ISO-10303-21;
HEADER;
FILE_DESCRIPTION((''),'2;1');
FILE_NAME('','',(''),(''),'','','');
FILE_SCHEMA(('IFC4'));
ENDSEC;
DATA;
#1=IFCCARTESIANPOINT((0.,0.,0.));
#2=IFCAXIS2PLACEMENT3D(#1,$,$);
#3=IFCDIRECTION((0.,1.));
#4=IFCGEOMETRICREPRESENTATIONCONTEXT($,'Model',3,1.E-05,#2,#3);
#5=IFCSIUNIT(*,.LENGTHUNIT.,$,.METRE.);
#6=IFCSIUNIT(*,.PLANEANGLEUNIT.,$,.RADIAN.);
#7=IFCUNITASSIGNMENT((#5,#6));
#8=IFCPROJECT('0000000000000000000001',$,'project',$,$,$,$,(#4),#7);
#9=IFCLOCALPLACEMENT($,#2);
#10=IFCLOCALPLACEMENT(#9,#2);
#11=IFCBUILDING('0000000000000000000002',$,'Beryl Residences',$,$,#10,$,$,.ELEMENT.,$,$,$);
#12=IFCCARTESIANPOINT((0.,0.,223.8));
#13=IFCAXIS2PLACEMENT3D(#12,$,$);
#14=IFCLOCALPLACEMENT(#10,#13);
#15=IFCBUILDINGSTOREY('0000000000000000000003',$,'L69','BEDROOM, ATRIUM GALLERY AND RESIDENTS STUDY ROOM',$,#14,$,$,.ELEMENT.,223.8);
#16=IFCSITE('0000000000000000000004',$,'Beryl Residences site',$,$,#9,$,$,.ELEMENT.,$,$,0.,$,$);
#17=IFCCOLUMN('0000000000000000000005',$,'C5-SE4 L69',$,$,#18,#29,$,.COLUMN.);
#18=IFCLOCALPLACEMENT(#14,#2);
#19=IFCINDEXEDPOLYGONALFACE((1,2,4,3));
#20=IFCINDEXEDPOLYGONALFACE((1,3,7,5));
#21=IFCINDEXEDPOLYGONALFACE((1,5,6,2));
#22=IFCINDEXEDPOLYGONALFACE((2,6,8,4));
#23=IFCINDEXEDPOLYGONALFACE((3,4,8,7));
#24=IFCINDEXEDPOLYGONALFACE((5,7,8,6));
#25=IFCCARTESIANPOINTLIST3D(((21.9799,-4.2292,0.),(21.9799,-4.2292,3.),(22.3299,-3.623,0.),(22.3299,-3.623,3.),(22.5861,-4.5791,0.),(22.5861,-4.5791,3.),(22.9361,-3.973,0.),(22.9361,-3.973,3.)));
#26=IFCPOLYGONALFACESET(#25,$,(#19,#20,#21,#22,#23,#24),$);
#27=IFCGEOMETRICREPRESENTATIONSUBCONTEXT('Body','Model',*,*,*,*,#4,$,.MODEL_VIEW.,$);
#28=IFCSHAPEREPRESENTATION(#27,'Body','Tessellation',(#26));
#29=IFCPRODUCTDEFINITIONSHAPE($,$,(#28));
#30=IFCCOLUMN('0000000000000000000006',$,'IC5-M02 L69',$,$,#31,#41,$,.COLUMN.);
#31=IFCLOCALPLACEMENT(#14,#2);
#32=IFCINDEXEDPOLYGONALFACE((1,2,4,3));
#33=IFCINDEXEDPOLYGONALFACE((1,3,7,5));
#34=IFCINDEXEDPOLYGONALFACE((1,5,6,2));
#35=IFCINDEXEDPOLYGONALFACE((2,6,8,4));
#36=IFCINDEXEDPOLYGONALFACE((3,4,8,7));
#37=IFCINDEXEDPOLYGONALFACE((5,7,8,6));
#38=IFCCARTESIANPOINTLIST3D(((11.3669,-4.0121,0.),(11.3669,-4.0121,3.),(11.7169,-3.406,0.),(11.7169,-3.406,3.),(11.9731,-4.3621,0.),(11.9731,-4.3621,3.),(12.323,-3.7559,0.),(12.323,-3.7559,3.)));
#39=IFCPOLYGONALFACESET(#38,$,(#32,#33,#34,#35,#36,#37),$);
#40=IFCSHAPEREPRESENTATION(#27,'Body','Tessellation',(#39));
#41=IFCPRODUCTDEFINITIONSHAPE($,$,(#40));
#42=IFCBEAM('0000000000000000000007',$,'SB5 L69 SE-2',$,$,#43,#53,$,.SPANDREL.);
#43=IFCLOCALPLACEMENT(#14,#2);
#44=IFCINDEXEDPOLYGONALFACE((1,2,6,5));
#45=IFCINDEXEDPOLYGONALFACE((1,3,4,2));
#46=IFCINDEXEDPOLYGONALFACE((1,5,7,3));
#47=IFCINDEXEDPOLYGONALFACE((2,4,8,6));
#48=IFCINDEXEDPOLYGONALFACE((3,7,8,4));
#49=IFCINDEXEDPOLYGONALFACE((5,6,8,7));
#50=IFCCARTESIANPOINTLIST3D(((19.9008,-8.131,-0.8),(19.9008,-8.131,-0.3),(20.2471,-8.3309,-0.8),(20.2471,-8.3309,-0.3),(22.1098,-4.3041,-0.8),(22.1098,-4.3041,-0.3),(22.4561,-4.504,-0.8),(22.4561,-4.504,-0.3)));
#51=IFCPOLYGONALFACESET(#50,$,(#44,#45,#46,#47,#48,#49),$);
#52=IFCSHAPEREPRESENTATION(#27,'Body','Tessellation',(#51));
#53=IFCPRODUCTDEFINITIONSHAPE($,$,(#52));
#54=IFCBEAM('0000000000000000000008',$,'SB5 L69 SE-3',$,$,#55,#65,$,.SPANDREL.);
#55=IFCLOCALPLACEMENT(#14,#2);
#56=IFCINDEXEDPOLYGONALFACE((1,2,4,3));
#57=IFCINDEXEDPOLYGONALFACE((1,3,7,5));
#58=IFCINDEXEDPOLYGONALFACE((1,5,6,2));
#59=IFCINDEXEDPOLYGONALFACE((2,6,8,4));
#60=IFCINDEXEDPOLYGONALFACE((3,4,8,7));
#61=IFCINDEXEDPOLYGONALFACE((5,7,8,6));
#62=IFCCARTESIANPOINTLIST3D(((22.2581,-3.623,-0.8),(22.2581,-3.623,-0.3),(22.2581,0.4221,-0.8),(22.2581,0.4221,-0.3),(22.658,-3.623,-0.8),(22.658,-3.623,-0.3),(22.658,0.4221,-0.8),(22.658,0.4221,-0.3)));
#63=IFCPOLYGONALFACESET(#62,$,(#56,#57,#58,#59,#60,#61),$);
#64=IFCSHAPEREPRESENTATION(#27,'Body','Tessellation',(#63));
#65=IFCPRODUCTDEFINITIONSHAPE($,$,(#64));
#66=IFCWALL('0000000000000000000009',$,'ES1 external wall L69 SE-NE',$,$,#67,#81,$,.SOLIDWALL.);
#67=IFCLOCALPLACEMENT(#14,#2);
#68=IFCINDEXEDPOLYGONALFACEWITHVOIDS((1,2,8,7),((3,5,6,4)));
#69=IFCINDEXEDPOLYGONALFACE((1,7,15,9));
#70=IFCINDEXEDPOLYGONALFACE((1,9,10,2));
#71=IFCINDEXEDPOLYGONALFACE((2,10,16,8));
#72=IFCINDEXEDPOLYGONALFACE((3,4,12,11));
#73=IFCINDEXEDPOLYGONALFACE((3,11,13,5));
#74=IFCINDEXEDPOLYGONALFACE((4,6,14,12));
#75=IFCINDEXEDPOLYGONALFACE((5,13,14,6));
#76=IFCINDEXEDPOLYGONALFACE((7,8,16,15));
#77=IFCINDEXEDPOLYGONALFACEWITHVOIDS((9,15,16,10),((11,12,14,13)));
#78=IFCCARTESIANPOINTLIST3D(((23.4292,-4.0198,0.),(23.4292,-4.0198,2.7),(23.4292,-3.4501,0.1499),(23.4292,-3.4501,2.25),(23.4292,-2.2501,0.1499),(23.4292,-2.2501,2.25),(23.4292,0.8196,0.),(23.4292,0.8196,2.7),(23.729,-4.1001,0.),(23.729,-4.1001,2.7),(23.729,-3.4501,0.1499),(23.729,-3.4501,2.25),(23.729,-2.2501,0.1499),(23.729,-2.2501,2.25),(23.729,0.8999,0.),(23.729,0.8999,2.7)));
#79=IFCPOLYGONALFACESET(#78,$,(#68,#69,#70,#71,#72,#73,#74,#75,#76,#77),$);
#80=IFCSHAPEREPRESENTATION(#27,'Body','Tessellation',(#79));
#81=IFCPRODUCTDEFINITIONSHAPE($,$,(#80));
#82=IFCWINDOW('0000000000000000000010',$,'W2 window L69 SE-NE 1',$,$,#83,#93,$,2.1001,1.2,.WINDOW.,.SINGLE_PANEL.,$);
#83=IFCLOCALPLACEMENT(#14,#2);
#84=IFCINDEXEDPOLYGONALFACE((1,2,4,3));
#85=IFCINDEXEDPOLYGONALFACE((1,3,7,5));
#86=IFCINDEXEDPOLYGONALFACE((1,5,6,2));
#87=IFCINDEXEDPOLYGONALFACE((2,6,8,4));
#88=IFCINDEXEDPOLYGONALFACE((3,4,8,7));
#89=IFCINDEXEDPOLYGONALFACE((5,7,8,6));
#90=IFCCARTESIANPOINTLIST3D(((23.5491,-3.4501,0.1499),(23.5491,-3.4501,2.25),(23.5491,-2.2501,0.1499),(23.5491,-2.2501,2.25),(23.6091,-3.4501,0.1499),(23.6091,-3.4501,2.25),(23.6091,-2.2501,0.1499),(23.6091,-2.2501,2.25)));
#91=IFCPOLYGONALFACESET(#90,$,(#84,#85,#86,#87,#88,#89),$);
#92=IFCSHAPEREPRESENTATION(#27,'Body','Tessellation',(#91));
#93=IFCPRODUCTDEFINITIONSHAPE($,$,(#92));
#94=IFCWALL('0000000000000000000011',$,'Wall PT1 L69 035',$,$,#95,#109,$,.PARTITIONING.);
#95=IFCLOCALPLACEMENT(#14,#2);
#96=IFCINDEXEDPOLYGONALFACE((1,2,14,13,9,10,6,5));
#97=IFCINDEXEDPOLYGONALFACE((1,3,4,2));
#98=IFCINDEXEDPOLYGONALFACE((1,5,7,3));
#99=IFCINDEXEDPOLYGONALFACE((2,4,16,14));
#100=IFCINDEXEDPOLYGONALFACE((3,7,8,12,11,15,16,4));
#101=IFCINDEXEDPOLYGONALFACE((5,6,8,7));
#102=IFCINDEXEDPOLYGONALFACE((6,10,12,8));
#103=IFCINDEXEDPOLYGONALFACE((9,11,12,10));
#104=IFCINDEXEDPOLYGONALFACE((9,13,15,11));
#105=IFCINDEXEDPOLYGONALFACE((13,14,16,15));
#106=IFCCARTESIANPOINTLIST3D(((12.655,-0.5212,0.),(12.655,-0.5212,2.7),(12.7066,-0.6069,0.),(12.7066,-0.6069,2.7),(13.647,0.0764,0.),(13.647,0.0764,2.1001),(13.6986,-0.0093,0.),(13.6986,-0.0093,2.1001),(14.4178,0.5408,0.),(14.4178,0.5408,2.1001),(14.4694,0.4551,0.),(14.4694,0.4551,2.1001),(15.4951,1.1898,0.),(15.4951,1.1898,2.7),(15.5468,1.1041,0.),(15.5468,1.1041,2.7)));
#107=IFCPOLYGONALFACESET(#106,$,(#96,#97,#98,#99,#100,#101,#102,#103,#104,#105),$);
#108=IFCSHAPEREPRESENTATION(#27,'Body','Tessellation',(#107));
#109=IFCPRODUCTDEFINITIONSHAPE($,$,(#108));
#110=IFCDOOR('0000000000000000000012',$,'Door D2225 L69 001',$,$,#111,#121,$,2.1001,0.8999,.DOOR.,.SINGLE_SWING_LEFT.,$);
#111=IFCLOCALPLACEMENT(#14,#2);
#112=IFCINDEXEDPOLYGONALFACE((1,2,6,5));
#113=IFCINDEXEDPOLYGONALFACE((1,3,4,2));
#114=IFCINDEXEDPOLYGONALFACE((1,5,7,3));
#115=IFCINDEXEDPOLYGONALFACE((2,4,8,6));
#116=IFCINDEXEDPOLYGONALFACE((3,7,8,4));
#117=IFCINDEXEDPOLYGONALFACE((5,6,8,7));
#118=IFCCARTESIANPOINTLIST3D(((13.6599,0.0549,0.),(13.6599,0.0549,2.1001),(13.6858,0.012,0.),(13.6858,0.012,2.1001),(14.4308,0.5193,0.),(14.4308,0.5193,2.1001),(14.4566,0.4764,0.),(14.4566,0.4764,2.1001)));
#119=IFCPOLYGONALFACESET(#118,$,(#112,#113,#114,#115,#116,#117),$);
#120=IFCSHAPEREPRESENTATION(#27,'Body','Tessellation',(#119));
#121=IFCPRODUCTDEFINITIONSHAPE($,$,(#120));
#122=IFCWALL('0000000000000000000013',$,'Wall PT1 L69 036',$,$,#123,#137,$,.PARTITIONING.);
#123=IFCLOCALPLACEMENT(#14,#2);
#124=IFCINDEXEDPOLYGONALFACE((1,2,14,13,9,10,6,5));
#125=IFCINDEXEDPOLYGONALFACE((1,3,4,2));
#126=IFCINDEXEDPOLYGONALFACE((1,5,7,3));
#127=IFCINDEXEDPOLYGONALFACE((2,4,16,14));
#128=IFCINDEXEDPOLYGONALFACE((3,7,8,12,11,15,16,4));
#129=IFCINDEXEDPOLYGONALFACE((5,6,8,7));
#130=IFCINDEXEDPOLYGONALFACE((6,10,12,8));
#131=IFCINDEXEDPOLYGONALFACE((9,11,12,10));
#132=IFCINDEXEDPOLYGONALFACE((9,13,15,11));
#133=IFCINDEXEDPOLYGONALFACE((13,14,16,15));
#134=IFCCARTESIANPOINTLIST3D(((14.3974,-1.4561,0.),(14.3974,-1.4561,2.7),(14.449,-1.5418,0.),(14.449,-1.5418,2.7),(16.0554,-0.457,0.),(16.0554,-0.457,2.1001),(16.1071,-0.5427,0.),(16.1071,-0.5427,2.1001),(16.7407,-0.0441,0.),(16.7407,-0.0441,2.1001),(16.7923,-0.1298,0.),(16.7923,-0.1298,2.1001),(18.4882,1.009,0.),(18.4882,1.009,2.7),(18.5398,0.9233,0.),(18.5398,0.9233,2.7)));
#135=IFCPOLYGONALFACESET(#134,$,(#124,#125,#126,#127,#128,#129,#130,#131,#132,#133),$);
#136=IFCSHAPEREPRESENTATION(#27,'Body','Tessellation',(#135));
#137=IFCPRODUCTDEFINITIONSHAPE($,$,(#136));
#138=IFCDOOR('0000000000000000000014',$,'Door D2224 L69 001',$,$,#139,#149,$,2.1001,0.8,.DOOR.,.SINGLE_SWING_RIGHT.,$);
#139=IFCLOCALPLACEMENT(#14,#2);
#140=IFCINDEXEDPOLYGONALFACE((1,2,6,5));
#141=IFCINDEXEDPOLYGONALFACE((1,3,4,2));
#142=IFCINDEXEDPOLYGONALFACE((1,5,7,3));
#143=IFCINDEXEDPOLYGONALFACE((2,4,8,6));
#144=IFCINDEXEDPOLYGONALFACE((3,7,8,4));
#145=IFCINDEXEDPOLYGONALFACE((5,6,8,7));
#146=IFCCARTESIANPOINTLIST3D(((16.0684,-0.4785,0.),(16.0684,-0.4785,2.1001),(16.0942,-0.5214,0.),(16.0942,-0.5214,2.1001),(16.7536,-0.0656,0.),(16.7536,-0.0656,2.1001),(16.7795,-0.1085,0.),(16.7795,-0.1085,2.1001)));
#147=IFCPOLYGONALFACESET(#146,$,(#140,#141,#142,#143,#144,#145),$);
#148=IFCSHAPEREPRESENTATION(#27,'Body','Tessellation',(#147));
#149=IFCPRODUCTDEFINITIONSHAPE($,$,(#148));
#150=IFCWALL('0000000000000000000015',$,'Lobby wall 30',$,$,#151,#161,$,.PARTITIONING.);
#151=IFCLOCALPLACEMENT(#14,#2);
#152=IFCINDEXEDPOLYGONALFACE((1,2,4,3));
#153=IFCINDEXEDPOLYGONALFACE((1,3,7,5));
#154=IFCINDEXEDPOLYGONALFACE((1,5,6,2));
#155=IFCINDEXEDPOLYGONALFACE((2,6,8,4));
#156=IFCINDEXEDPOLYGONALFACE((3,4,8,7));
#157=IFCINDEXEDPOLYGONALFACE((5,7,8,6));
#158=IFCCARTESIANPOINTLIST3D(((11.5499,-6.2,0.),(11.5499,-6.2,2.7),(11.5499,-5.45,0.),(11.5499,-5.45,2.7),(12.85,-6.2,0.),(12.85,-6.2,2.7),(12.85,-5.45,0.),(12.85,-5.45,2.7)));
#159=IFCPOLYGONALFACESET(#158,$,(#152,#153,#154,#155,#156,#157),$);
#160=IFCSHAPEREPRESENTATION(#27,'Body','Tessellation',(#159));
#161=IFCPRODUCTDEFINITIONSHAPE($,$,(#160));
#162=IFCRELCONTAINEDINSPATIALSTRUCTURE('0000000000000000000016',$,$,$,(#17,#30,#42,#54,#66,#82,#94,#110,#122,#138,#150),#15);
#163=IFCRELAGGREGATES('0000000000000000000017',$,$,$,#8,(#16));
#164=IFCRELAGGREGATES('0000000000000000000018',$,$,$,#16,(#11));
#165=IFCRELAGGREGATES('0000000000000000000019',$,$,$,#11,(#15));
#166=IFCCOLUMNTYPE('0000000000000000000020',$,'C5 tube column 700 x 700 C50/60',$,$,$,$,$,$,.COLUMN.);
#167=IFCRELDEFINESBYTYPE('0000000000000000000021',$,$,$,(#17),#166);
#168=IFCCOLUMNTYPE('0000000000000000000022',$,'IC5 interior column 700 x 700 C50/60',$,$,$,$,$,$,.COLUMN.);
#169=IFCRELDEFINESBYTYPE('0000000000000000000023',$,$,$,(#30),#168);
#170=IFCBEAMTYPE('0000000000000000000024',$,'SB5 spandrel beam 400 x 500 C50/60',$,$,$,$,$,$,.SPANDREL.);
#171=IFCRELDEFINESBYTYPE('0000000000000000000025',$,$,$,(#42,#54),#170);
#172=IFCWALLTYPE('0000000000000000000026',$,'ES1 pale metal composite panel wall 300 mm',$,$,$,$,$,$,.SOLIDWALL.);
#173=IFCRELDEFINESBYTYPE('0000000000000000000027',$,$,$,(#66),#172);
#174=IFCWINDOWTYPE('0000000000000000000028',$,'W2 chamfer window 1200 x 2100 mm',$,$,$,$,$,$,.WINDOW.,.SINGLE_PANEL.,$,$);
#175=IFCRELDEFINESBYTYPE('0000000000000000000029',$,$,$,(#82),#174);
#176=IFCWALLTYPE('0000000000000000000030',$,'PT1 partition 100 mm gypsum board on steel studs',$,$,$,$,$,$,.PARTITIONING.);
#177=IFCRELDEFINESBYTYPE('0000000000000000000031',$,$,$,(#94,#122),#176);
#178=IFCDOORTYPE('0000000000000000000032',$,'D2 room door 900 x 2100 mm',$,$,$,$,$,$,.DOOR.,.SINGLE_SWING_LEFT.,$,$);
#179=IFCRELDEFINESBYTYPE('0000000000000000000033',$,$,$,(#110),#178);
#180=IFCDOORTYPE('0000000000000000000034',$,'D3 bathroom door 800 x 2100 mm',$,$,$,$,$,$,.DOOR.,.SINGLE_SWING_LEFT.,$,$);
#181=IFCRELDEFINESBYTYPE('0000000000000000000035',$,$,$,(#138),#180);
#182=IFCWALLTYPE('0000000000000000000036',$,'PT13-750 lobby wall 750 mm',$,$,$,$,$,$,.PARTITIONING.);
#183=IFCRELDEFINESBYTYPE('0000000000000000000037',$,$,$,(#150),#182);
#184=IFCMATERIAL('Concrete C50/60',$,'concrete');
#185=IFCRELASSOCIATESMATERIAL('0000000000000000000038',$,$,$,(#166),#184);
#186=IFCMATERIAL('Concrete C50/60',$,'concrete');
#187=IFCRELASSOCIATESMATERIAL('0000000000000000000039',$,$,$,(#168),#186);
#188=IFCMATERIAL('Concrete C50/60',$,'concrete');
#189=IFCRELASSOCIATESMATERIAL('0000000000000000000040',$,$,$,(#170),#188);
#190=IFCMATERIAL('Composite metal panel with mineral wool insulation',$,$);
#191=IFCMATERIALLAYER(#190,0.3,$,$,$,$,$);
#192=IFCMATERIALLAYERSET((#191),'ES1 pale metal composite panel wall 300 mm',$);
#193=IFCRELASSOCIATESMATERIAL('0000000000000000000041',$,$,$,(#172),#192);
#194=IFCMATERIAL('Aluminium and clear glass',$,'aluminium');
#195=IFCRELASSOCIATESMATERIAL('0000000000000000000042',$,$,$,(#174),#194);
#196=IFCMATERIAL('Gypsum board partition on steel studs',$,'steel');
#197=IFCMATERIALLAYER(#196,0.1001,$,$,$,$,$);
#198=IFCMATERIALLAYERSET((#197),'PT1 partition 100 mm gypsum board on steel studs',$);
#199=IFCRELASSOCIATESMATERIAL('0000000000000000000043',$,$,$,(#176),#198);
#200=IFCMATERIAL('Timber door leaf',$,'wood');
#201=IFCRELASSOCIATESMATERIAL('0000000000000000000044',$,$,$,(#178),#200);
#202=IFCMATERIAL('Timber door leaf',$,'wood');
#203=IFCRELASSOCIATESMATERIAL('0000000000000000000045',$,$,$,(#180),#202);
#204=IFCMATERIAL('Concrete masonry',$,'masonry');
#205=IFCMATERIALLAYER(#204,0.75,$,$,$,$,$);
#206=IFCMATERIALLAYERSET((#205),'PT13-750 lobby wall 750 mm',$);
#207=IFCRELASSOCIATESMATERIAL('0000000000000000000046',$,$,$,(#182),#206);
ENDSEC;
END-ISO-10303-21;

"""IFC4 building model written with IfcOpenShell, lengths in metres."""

from ifc_helpers import new_model, si_unit, direction, frame, frame_2d, origin, origin_2d, place, context, subcontext, project, spatial, polyline, rectangle, outline, extrude, material, layer, layer_set, material_profile, profile_set, type_object, element, fill, save


model = new_model("IFC4")

# Units and contexts
model_context = context("Model", 3, precision=1e-05, world=origin(), true_north=direction((0.0, 1.0)))
body_context = subcontext(model_context, "Body", "Model", "MODEL_VIEW")
ifc_project = project(units=[si_unit("LENGTHUNIT", "METRE"), si_unit("PLANEANGLEUNIT", "RADIAN")], contexts=[model_context])

# Site, building, storey
site_placement = place(None, origin())
site = spatial("IfcSite", under=ifc_project, at=site_placement, Name="Beryl Residences site", CompositionType="ELEMENT", RefElevation=0.0)
building_placement = place(site_placement, origin())
building = spatial("IfcBuilding", under=site, at=building_placement, Name="Beryl Residences", CompositionType="ELEMENT")
storey_placement = place(building_placement, frame((0.0, 0.0, 223.8)))
storey = spatial("IfcBuildingStorey", under=building, at=storey_placement, Name="L69", Description="BEDROOM, ATRIUM GALLERY AND RESIDENTS STUDY ROOM", CompositionType="ELEMENT", Elevation=223.8)

# Columns
ifc_material_1 = material(Name="Concrete C50/60", Category="concrete")
ifc_material_profile_1 = material_profile(ifc_material_1, rectangle(XDim=0.7, YDim=0.7, at=origin_2d()))
ifc_profile_set_1 = profile_set([ifc_material_profile_1], Name="Concrete C50/60")
column_type_1 = type_object("IfcColumnType", Name="C5 tube column 700 x 700 C50/60", PredefinedType="COLUMN", material=ifc_profile_set_1)
column_1_placement = place(storey_placement, frame((22.458, -4.1011, 0.0), z_axis=(0.0, 0.0, 1.0), x_axis=(0.499985, 0.866034, 0.0)))
element("IfcColumn", 1, at=column_1_placement, inside=storey, type_object=column_type_1, Name="C5-SE4 L69", PredefinedType="COLUMN", context=body_context, shape_type="SweptSolid", body=[
    extrude(rectangle(XDim=0.7, YDim=0.7, at=origin_2d()), origin(), (0.0, 0.0, 1.0), 3.0),
])
ifc_material_2 = material(Name="Concrete C50/60", Category="concrete")
ifc_material_profile_2 = material_profile(ifc_material_2, rectangle(XDim=0.7, YDim=0.7, at=origin_2d()))
ifc_profile_set_2 = profile_set([ifc_material_profile_2], Name="Concrete C50/60")
column_type_2 = type_object("IfcColumnType", Name="IC5 interior column 700 x 700 C50/60", PredefinedType="COLUMN", material=ifc_profile_set_2)
column_2_placement = place(storey_placement, frame((11.845, -3.884, 0.0), z_axis=(0.0, 0.0, 1.0), x_axis=(0.499985, 0.866034, 0.0)))
element("IfcColumn", 2, at=column_2_placement, inside=storey, type_object=column_type_2, Name="IC5-M02 L69", PredefinedType="COLUMN", context=body_context, shape_type="SweptSolid", body=[
    extrude(rectangle(XDim=0.7, YDim=0.7, at=origin_2d()), origin(), (0.0, 0.0, 1.0), 3.0),
])

# Beams
ifc_material_3 = material(Name="Concrete C50/60", Category="concrete")
ifc_material_profile_3 = material_profile(ifc_material_3, rectangle(XDim=0.3999, YDim=0.5, at=origin_2d()))
ifc_profile_set_3 = profile_set([ifc_material_profile_3], Name="Concrete C50/60")
beam_type = type_object("IfcBeamType", Name="SB5 spandrel beam 400 x 500 C50/60", PredefinedType="SPANDREL", material=ifc_profile_set_3)
beam_1_placement = place(storey_placement, frame((20.074, -8.231, -0.55), z_axis=(0.499919, 0.866072, 0.0), x_axis=(-0.866072, 0.499919, 0.0)))
element("IfcBeam", 3, at=beam_1_placement, inside=storey, type_object=beam_type, Name="SB5 L69 SE-2", PredefinedType="SPANDREL", context=body_context, shape_type="SweptSolid", body=[
    extrude(rectangle(XDim=0.3999, YDim=0.5, at=origin_2d()), origin(), (0.0, 0.0, 1.0), 4.4187),
])
beam_2_placement = place(storey_placement, frame((22.458, -3.623, -0.55), z_axis=(0.0, 1.0, 0.0), x_axis=(-1.0, 0.0, 0.0)))
element("IfcBeam", 4, at=beam_2_placement, inside=storey, type_object=beam_type, Name="SB5 L69 SE-3", PredefinedType="SPANDREL", context=body_context, shape_type="SweptSolid", body=[
    extrude(rectangle(XDim=0.3999, YDim=0.5, at=origin_2d()), origin(), (0.0, 0.0, 1.0), 4.0452),
])

# Wall, opening, window
ifc_material_4 = material(Name="Composite metal panel with mineral wool insulation")
ifc_layer_1 = layer(ifc_material_4, 0.3)
ifc_layer_set_1 = layer_set([ifc_layer_1], Name="ES1 pale metal composite panel wall 300 mm")
wall_type_1 = type_object("IfcWallType", Name="ES1 pale metal composite panel wall 300 mm", PredefinedType="SOLIDWALL", material=ifc_layer_set_1)
wall_1_placement = place(storey_placement, frame((23.5791, -4.1001, 0.0), z_axis=(0.0, 0.0, 1.0), x_axis=(0.0, 1.0, 0.0)))
wall_1 = element("IfcWall", 5, at=wall_1_placement, inside=storey, type_object=wall_type_1, Name="ES1 external wall L69 SE-NE", PredefinedType="SOLIDWALL", context=body_context, shape_type="SweptSolid", body=[
    extrude(outline(polyline([(0.0, -0.1499), (5.0, -0.1499), (4.9197, 0.1499), (0.0803, 0.1499), (0.0, -0.1499)])), origin(), (0.0, 0.0, 1.0), 2.7),
])
opening_1_placement = place(wall_1_placement, frame((0.6499, 0.0, 0.1499)))
opening_1 = element("IfcOpeningElement", 6, at=opening_1_placement, cuts=wall_1, PredefinedType="OPENING", context=body_context, shape_type="SweptSolid", body=[
    extrude(rectangle(XDim=1.2, YDim=2.1001, at=frame_2d((0.6001, 1.05))), frame((0.0, 0.1599, 0.0), z_axis=(0.0, -1.0, 0.0), x_axis=(1.0, 0.0, 0.0)), (0.0, 0.0, 1.0), 0.3201),
])
ifc_material_5 = material(Name="Aluminium and clear glass", Category="aluminium")
window_type = type_object("IfcWindowType", Name="W2 chamfer window 1200 x 2100 mm", PartitioningType="SINGLE_PANEL", PredefinedType="WINDOW", material=ifc_material_5)
window_placement = place(opening_1_placement, origin())
window = element("IfcWindow", 7, at=window_placement, inside=storey, type_object=window_type, Name="W2 window L69 SE-NE 1", OverallHeight=2.1001, OverallWidth=1.2, PartitioningType="SINGLE_PANEL", PredefinedType="WINDOW", context=body_context, shape_type="SweptSolid", body=[
    extrude(rectangle(XDim=1.2, YDim=2.1001, at=frame_2d((0.6001, 1.05))), frame((0.0, 0.03, 0.0), z_axis=(0.0, -1.0, 0.0), x_axis=(1.0, 0.0, 0.0)), (0.0, 0.0, 1.0), 0.0601),
])
fill(opening_1, window)

# Walls, openings, doors
ifc_material_6 = material(Name="Gypsum board partition on steel studs", Category="steel")
ifc_layer_2 = layer(ifc_material_6, 0.1001)
ifc_layer_set_2 = layer_set([ifc_layer_2], Name="PT1 partition 100 mm gypsum board on steel studs")
wall_type_2 = type_object("IfcWallType", Name="PT1 partition 100 mm gypsum board on steel studs", PredefinedType="PARTITIONING", material=ifc_layer_set_2)
wall_2_placement = place(storey_placement, frame((12.6809, -0.564, 0.0), z_axis=(0.0, 0.0, 1.0), x_axis=(0.856575, 0.516022, 0.0)))
wall_2 = element("IfcWall", 8, at=wall_2_placement, inside=storey, type_object=wall_type_2, Name="Wall PT1 L69 035", PredefinedType="PARTITIONING", context=body_context, shape_type="SweptSolid", body=[
    extrude(rectangle(XDim=3.3157, YDim=0.1001, at=frame_2d((1.6577, 0.0))), origin(), (0.0, 0.0, 1.0), 2.7),
])
opening_2_placement = place(wall_2_placement, frame((1.158, 0.0, 0.0)))
opening_2 = element("IfcOpeningElement", 9, at=opening_2_placement, cuts=wall_2, PredefinedType="OPENING", context=body_context, shape_type="SweptSolid", body=[
    extrude(rectangle(XDim=0.8999, YDim=2.1001, at=frame_2d((0.45, 1.05))), frame((0.0, 0.0601, 0.0), z_axis=(0.0, -1.0, 0.0), x_axis=(1.0, 0.0, 0.0)), (0.0, 0.0, 1.0), 0.1201),
])
ifc_material_7 = material(Name="Timber door leaf", Category="wood")
door_type_1 = type_object("IfcDoorType", Name="D2 room door 900 x 2100 mm", OperationType="SINGLE_SWING_LEFT", PredefinedType="DOOR", material=ifc_material_7)
door_1_placement = place(opening_2_placement, origin())
door_1 = element("IfcDoor", 10, at=door_1_placement, inside=storey, type_object=door_type_1, Name="Door D2225 L69 001", OperationType="SINGLE_SWING_LEFT", OverallHeight=2.1001, OverallWidth=0.8999, PredefinedType="DOOR", context=body_context, shape_type="SweptSolid", body=[
    extrude(rectangle(XDim=0.8999, YDim=2.1001, at=frame_2d((0.45, 1.05))), frame((0.0, 0.0249, 0.0), z_axis=(0.0, -1.0, 0.0), x_axis=(1.0, 0.0, 0.0)), (0.0, 0.0, 1.0), 0.05),
])
fill(opening_2, door_1)
wall_3_placement = place(storey_placement, frame((14.4231, -1.499, 0.0), z_axis=(0.0, 0.0, 1.0), x_axis=(0.856513, 0.516126, 0.0)))
wall_3 = element("IfcWall", 11, at=wall_3_placement, inside=storey, type_object=wall_type_2, Name="Wall PT1 L69 036", PredefinedType="PARTITIONING", context=body_context, shape_type="SweptSolid", body=[
    extrude(rectangle(XDim=4.7761, YDim=0.1001, at=frame_2d((2.3882, 0.0))), origin(), (0.0, 0.0, 1.0), 2.7),
])
opening_3_placement = place(wall_3_placement, frame((1.936, 0.0, 0.0)))
opening_3 = element("IfcOpeningElement", 12, at=opening_3_placement, cuts=wall_3, PredefinedType="OPENING", context=body_context, shape_type="SweptSolid", body=[
    extrude(rectangle(XDim=0.8, YDim=2.1001, at=frame_2d((0.3999, 1.05))), frame((0.0, 0.0601, 0.0), z_axis=(0.0, -1.0, 0.0), x_axis=(1.0, 0.0, 0.0)), (0.0, 0.0, 1.0), 0.1201),
])
ifc_material_8 = material(Name="Timber door leaf", Category="wood")
door_type_2 = type_object("IfcDoorType", Name="D3 bathroom door 800 x 2100 mm", OperationType="SINGLE_SWING_LEFT", PredefinedType="DOOR", material=ifc_material_8)
door_2_placement = place(opening_3_placement, origin())
door_2 = element("IfcDoor", 13, at=door_2_placement, inside=storey, type_object=door_type_2, Name="Door D2224 L69 001", OperationType="SINGLE_SWING_RIGHT", OverallHeight=2.1001, OverallWidth=0.8, PredefinedType="DOOR", context=body_context, shape_type="SweptSolid", body=[
    extrude(rectangle(XDim=0.8, YDim=2.1001, at=frame_2d((0.3999, 1.05))), frame((0.0, 0.0249, 0.0), z_axis=(0.0, -1.0, 0.0), x_axis=(1.0, 0.0, 0.0)), (0.0, 0.0, 1.0), 0.05),
])
fill(opening_3, door_2)

# Wall
ifc_material_9 = material(Name="Concrete masonry", Category="masonry")
ifc_layer_3 = layer(ifc_material_9, 0.75)
ifc_layer_set_3 = layer_set([ifc_layer_3], Name="PT13-750 lobby wall 750 mm")
wall_type_3 = type_object("IfcWallType", Name="PT13-750 lobby wall 750 mm", PredefinedType="PARTITIONING", material=ifc_layer_set_3)
wall_4_placement = place(storey_placement, frame((11.55, -5.825, 0.0), z_axis=(0.0, 0.0, 1.0), x_axis=(1.0, 0.0, 0.0)))
element("IfcWall", 14, at=wall_4_placement, inside=storey, type_object=wall_type_3, Name="Lobby wall 30", PredefinedType="PARTITIONING", context=body_context, shape_type="SweptSolid", body=[
    extrude(rectangle(XDim=1.3, YDim=0.75, at=frame_2d((0.6499, 0.0))), origin(), (0.0, 0.0, 1.0), 2.7),
])

save(model, "model.ifc")
